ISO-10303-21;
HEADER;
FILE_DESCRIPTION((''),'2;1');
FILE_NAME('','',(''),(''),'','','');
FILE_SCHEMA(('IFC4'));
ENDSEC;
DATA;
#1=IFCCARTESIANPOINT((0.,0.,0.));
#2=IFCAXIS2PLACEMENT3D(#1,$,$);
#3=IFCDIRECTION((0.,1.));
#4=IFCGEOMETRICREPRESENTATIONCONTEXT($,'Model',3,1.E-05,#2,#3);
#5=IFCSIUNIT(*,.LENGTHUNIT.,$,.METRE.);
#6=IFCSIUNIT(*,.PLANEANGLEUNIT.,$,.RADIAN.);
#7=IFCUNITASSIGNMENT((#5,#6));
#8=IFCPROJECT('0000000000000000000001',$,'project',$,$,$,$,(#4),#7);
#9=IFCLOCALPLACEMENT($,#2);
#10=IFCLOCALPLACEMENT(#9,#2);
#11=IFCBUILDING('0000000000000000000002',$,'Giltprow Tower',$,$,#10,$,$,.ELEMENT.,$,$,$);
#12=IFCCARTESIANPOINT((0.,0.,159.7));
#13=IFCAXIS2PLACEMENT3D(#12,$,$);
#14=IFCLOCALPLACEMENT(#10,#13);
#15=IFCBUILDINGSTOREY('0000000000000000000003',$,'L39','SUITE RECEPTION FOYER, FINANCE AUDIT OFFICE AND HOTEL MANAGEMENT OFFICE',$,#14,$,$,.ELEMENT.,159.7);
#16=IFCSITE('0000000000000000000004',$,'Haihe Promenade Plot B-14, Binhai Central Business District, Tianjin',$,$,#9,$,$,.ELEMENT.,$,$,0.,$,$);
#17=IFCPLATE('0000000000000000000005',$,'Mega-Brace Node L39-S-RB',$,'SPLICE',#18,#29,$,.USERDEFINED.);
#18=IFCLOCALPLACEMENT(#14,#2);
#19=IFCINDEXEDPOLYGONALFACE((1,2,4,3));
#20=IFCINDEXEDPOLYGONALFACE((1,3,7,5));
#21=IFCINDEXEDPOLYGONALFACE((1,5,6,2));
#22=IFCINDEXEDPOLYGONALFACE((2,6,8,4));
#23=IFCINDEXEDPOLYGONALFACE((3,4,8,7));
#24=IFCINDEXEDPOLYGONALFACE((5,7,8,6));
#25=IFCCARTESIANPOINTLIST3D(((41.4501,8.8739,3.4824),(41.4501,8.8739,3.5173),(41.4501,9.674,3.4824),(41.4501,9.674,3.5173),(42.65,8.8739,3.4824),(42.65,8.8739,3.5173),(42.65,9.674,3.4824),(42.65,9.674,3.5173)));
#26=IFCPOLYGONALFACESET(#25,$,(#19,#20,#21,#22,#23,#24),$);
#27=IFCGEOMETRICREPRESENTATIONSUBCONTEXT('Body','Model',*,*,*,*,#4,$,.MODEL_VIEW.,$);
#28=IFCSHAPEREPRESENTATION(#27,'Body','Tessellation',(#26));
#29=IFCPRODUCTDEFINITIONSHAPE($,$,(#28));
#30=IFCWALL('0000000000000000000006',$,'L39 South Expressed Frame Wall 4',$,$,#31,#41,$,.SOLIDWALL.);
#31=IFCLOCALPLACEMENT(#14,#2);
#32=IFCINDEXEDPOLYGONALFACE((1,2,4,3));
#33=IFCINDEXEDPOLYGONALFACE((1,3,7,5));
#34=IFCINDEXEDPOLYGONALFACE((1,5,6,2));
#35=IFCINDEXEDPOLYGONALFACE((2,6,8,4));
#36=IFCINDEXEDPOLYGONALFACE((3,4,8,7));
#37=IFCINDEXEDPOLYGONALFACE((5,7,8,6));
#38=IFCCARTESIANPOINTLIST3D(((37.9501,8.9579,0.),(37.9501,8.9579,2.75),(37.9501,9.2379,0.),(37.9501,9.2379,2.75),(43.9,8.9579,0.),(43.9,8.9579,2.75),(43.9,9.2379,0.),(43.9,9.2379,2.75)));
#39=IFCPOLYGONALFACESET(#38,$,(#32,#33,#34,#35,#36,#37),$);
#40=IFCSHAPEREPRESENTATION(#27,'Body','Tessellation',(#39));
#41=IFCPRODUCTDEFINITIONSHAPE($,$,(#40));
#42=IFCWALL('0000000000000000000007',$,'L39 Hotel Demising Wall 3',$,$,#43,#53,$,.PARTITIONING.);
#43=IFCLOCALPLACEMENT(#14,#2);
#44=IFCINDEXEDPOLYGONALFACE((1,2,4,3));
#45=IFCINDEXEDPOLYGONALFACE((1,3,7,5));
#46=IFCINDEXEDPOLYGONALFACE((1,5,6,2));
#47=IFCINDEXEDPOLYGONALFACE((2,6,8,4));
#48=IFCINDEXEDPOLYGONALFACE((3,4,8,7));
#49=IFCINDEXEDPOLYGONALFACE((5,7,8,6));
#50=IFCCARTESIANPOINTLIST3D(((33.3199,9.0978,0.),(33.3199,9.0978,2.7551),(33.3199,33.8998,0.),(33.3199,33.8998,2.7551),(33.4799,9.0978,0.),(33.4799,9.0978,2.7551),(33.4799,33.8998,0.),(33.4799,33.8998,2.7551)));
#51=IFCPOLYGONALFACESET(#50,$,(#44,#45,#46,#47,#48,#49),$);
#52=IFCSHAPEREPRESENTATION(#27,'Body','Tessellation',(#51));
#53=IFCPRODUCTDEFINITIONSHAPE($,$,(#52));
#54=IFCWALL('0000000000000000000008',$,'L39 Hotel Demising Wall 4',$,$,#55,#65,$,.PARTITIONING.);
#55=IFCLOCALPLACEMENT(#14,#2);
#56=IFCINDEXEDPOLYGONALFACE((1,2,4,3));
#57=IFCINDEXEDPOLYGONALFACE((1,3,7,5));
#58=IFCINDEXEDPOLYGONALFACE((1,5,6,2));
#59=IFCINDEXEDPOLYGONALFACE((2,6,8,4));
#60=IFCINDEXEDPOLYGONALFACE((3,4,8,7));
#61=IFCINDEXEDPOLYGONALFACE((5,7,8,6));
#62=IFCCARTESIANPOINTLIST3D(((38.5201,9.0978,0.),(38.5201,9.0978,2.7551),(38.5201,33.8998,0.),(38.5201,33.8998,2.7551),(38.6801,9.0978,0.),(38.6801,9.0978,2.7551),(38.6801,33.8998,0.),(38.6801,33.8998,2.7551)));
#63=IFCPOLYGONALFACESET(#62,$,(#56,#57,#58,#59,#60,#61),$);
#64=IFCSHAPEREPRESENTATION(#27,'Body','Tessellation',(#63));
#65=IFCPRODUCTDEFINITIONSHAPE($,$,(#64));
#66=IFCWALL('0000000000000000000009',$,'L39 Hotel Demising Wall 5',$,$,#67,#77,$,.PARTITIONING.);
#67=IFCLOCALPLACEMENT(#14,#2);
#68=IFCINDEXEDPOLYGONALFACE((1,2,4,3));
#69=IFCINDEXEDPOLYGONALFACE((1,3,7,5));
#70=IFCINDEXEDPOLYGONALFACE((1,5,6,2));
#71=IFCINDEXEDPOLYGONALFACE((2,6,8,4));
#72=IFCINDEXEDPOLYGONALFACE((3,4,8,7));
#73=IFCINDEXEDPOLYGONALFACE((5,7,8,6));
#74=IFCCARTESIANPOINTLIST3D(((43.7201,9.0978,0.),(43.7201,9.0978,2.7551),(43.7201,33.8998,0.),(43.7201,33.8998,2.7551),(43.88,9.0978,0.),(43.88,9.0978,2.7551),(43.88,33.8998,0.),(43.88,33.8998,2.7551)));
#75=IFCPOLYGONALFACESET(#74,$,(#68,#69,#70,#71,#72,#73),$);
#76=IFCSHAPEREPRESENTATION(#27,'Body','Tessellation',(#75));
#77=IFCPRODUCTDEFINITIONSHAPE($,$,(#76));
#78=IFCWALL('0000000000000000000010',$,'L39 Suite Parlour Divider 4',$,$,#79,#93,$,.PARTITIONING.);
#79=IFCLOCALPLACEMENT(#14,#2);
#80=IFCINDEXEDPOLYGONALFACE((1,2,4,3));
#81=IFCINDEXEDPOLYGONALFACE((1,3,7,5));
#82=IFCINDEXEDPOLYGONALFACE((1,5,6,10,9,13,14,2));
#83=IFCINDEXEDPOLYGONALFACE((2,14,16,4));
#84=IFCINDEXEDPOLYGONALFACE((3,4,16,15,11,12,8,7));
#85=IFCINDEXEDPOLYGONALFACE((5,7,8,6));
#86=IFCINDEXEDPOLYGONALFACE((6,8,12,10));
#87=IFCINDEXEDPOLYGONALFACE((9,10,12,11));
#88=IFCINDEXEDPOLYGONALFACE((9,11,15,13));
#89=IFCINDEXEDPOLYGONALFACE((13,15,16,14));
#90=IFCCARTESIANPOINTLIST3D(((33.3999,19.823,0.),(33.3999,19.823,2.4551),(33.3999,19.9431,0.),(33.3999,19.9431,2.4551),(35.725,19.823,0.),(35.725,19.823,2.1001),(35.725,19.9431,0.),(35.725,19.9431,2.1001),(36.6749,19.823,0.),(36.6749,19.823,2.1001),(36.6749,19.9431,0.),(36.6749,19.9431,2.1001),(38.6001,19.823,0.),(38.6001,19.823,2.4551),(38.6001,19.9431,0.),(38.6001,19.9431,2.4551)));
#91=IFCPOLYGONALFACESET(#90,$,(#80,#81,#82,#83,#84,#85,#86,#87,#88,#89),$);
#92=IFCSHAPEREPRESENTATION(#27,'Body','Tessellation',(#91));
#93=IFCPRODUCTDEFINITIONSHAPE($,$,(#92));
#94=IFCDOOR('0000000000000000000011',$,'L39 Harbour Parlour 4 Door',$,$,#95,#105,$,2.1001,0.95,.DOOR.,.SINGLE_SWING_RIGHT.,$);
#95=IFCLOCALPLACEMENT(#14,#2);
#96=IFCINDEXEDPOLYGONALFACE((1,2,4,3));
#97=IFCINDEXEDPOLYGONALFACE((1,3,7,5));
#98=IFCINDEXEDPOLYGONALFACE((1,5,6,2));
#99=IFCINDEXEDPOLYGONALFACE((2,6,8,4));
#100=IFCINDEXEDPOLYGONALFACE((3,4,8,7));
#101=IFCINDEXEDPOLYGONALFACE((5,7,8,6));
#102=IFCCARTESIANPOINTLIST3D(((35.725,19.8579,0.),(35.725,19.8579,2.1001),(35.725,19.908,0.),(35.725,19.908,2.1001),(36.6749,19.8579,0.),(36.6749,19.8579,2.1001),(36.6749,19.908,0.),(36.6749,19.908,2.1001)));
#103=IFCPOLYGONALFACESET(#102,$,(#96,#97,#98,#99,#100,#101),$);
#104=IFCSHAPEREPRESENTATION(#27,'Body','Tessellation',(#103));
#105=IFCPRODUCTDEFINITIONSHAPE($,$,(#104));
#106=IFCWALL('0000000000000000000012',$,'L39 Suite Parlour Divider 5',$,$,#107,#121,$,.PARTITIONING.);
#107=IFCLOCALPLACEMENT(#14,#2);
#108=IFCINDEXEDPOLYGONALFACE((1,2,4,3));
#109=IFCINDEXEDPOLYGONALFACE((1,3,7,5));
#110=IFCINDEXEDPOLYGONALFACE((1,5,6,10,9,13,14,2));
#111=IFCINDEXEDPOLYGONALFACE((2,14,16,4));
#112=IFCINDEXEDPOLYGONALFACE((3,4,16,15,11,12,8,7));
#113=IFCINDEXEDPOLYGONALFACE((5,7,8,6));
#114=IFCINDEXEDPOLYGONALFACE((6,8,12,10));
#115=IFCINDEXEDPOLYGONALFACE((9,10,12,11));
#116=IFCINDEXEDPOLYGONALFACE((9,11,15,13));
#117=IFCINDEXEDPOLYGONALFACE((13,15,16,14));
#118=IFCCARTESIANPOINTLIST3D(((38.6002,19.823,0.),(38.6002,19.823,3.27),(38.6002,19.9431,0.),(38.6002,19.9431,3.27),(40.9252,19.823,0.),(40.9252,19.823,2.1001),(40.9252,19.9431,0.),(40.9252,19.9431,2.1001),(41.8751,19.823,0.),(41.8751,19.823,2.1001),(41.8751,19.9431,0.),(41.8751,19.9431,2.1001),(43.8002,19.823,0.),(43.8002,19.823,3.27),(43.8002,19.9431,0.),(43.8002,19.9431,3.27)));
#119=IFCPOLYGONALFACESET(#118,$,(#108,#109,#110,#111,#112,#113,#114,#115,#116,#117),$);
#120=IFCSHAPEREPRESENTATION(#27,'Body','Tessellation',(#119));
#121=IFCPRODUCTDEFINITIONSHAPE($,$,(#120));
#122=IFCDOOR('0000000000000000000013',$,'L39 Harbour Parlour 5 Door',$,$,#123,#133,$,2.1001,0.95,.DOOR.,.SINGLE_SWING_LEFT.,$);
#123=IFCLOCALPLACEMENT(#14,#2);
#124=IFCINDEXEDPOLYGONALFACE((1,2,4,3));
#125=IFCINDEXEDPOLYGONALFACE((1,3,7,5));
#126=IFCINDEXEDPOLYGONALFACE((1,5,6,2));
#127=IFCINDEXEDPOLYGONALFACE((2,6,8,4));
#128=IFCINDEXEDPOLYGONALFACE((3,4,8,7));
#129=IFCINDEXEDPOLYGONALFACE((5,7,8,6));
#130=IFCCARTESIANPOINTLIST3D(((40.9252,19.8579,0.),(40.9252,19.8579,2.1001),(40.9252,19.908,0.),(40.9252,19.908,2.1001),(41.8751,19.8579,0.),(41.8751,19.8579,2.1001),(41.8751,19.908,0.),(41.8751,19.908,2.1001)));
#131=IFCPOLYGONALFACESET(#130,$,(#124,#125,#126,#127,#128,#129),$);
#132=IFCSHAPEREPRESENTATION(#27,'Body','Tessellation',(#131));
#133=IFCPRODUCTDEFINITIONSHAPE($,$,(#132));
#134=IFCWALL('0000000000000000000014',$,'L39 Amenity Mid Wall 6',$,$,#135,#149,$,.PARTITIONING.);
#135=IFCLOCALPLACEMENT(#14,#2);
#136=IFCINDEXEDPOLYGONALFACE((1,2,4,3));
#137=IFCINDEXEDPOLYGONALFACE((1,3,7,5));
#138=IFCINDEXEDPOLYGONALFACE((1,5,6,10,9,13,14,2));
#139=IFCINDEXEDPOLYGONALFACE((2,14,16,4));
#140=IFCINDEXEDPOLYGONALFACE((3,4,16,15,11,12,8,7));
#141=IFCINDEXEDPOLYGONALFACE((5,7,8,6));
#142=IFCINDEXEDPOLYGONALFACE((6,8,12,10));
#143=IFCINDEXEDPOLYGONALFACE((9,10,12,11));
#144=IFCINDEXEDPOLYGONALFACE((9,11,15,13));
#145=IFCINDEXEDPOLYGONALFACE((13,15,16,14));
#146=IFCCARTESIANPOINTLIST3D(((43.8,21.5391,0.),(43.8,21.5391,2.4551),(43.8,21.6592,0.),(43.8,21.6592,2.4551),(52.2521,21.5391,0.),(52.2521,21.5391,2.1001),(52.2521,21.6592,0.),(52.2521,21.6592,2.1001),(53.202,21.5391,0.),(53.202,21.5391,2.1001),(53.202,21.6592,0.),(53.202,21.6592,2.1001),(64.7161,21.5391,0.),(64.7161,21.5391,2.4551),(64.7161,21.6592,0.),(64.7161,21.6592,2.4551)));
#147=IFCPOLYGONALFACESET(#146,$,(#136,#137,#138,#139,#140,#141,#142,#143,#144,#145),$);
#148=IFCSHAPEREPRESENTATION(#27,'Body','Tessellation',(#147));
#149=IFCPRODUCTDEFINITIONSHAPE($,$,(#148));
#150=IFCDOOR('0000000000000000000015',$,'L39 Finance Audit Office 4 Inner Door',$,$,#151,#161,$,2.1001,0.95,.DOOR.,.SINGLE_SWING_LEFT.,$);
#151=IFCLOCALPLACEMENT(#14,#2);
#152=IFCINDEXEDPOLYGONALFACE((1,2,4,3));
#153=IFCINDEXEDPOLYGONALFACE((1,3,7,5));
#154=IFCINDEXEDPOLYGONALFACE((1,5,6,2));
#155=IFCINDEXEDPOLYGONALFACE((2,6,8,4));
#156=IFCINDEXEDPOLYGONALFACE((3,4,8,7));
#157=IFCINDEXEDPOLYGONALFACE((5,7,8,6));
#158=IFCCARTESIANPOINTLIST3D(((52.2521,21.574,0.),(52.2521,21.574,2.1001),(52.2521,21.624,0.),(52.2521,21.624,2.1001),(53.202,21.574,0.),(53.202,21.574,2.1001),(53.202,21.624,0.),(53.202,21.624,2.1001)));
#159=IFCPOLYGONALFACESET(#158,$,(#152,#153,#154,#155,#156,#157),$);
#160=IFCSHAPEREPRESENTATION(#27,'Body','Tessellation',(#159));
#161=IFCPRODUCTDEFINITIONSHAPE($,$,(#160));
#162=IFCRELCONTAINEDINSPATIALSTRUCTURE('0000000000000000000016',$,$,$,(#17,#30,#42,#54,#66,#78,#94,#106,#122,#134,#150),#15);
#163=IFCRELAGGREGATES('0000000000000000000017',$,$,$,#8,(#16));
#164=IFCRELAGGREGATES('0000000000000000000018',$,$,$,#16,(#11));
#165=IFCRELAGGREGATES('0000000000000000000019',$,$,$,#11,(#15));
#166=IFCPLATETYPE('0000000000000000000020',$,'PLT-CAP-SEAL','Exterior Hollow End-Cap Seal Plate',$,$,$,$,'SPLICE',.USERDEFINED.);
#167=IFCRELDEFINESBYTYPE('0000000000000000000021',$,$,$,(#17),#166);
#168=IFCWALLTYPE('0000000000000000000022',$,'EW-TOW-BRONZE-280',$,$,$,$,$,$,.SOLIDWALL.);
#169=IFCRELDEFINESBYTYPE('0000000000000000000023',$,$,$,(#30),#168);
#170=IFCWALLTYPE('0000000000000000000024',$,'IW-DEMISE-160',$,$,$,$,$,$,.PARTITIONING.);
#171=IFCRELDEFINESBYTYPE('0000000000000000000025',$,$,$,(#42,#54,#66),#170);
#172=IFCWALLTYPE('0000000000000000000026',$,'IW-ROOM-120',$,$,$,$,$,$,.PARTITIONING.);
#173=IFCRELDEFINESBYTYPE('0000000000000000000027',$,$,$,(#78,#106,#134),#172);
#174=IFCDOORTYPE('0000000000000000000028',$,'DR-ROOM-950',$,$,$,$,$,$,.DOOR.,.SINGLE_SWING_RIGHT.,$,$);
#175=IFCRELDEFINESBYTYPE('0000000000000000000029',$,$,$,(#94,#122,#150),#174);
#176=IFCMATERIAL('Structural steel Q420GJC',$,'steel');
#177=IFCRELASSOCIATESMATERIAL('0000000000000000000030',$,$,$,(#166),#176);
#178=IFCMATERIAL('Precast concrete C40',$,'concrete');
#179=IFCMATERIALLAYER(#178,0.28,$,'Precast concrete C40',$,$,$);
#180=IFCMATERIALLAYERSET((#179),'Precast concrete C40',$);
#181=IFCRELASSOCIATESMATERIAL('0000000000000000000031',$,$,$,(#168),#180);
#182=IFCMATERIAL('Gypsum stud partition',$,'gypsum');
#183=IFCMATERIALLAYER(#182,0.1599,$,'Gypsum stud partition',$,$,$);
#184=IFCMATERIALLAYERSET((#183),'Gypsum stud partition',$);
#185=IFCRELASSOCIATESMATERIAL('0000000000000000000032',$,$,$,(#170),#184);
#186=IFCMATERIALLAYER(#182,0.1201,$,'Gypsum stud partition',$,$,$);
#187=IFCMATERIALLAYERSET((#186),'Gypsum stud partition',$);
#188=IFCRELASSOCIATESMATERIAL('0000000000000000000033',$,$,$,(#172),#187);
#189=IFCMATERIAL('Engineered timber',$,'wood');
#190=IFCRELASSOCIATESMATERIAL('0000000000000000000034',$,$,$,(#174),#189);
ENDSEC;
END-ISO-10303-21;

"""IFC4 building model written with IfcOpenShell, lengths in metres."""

from ifc_helpers import new_model, si_unit, direction, frame, frame_2d, origin, origin_2d, place, context, subcontext, project, spatial, rectangle, extrude, source, transform, mapped, material, layer, layer_set, type_object, element, fill, save


model = new_model("IFC4")

# Units and contexts
model_context = context("Model", 3, precision=1e-05, world=origin(), true_north=direction((0.0, 1.0)))
body_context = subcontext(model_context, "Body", "Model", "MODEL_VIEW")
ifc_project = project(units=[si_unit("LENGTHUNIT", "METRE"), si_unit("PLANEANGLEUNIT", "RADIAN")], contexts=[model_context])

# Site, building, storey
site_placement = place(None, origin())
site = spatial("IfcSite", under=ifc_project, at=site_placement, Name="Haihe Promenade Plot B-14, Binhai Central Business District, Tianjin", CompositionType="ELEMENT", RefElevation=0.0)
building_placement = place(site_placement, origin())
building = spatial("IfcBuilding", under=site, at=building_placement, Name="Giltprow Tower", CompositionType="ELEMENT")
storey_placement = place(building_placement, frame((0.0, 0.0, 159.7)))
storey = spatial("IfcBuildingStorey", under=building, at=storey_placement, Name="L39", Description="SUITE RECEPTION FOYER, FINANCE AUDIT OFFICE AND HOTEL MANAGEMENT OFFICE", CompositionType="ELEMENT", Elevation=159.7)

# Shared definitions
ifc_material_1 = material(Name="Structural steel Q420GJC", Category="steel")

# Plate
plate_type = type_object("IfcPlateType", Name="PLT-CAP-SEAL", Description="Exterior Hollow End-Cap Seal Plate", ElementType="SPLICE", PredefinedType="USERDEFINED", material=ifc_material_1)
shared_shape_1 = source(origin(), body_context, "Body", "SweptSolid", [
    extrude(rectangle(XDim=1.2, YDim=0.8, at=origin_2d()), origin(), (0.0, 0.0, 1.0), 0.0349),
])
for number, where, z_axis, x_axis, name in (
    (1, (42.05, 9.2739, 3.4824), (0.0, 0.0, 1.0), (1.0, 0.0, 0.0), "Mega-Brace Node L39-S-RB"),
):
    element("IfcPlate", number, at=place(storey_placement, frame(where, z_axis=z_axis, x_axis=x_axis)), inside=storey, type_object=plate_type, Name=name, ObjectType="SPLICE", PredefinedType="USERDEFINED", context=body_context, shape_type="MappedRepresentation", body=[
        mapped(shared_shape_1, transform((0.0, 0.0, 0.0), x_axis=(1.0, 0.0, 0.0), y_axis=(0.0, 1.0, 0.0), z_axis=(0.0, 0.0, 1.0), scale=1.0)),
    ])

# Walls
ifc_material_2 = material(Name="Precast concrete C40", Category="concrete")
ifc_layer_1 = layer(ifc_material_2, 0.28, Name="Precast concrete C40")
ifc_layer_set_1 = layer_set([ifc_layer_1], Name="Precast concrete C40")
wall_type_1 = type_object("IfcWallType", Name="EW-TOW-BRONZE-280", PredefinedType="SOLIDWALL", material=ifc_layer_set_1)
wall_1_placement = place(storey_placement, frame((37.95, 9.0979, 0.0), z_axis=(0.0, 0.0, 1.0), x_axis=(1.0, 0.0, 0.0)))
element("IfcWall", 2, at=wall_1_placement, inside=storey, type_object=wall_type_1, Name="L39 South Expressed Frame Wall 4", PredefinedType="SOLIDWALL", context=body_context, shape_type="SweptSolid", body=[
    extrude(rectangle(XDim=5.95, YDim=0.28, at=frame_2d((2.9751, 0.0))), origin(), (0.0, 0.0, 1.0), 2.75),
])
ifc_material_3 = material(Name="Gypsum stud partition", Category="gypsum")
ifc_layer_2 = layer(ifc_material_3, 0.1599, Name="Gypsum stud partition")
ifc_layer_set_2 = layer_set([ifc_layer_2], Name="Gypsum stud partition")
wall_type_2 = type_object("IfcWallType", Name="IW-DEMISE-160", PredefinedType="PARTITIONING", material=ifc_layer_set_2)
for number, where, z_axis, x_axis, name in (
    (3, (33.3999, 9.0979, 0.0), (0.0, 0.0, 1.0), (0.0, 1.0, 0.0), "L39 Hotel Demising Wall 3"),
    (4, (38.6001, 9.0979, 0.0), (0.0, 0.0, 1.0), (0.0, 1.0, 0.0), "L39 Hotel Demising Wall 4"),
    (5, (43.8, 9.0979, 0.0), (0.0, 0.0, 1.0), (0.0, 1.0, 0.0), "L39 Hotel Demising Wall 5"),
):
    element("IfcWall", number, at=place(storey_placement, frame(where, z_axis=z_axis, x_axis=x_axis)), inside=storey, type_object=wall_type_2, Name=name, PredefinedType="PARTITIONING", context=body_context, shape_type="SweptSolid", body=[
        extrude(rectangle(XDim=24.802, YDim=0.1599, at=frame_2d((12.4009, 0.0))), origin(), (0.0, 0.0, 1.0), 2.7551),
    ])

# Walls, openings, doors
ifc_layer_3 = layer(ifc_material_3, 0.1201, Name="Gypsum stud partition")
ifc_layer_set_3 = layer_set([ifc_layer_3], Name="Gypsum stud partition")
wall_type_3 = type_object("IfcWallType", Name="IW-ROOM-120", PredefinedType="PARTITIONING", material=ifc_layer_set_3)
wall_2_placement = place(storey_placement, frame((33.3999, 19.8831, 0.0), z_axis=(0.0, 0.0, 1.0), x_axis=(1.0, 0.0, 0.0)))
wall_2 = element("IfcWall", 6, at=wall_2_placement, inside=storey, type_object=wall_type_3, Name="L39 Suite Parlour Divider 4", PredefinedType="PARTITIONING", context=body_context, shape_type="SweptSolid", body=[
    extrude(rectangle(XDim=5.2002, YDim=0.1201, at=frame_2d((2.6001, 0.0))), origin(), (0.0, 0.0, 1.0), 2.4551),
])
opening_1_placement = place(wall_2_placement, frame((2.325, 0.0, 0.0)))
opening_1 = element("IfcOpeningElement", 7, at=opening_1_placement, cuts=wall_2, PredefinedType="OPENING", context=body_context, shape_type="SweptSolid", body=[
    extrude(rectangle(XDim=0.95, YDim=2.1001, at=frame_2d((0.4751, 1.05))), frame((0.0, 0.0701, 0.0), z_axis=(0.0, -1.0, 0.0), x_axis=(1.0, 0.0, 0.0)), (0.0, 0.0, 1.0), 0.1401),
])
ifc_material_4 = material(Name="Engineered timber", Category="wood")
door_type = type_object("IfcDoorType", Name="DR-ROOM-950", OperationType="SINGLE_SWING_RIGHT", PredefinedType="DOOR", material=ifc_material_4)
shared_shape_2 = source(origin(), body_context, "Body", "SweptSolid", [
    extrude(rectangle(XDim=0.95, YDim=2.1001, at=frame_2d((0.4751, 1.05))), frame((0.0, 0.0249, 0.0), z_axis=(0.0, -1.0, 0.0), x_axis=(1.0, 0.0, 0.0)), (0.0, 0.0, 1.0), 0.05),
])
door_1_placement = place(opening_1_placement, origin())
door_1 = element("IfcDoor", 8, at=door_1_placement, inside=storey, type_object=door_type, Name="L39 Harbour Parlour 4 Door", OperationType="SINGLE_SWING_RIGHT", OverallHeight=2.1001, OverallWidth=0.95, PredefinedType="DOOR", context=body_context, shape_type="MappedRepresentation", body=[
    mapped(shared_shape_2, transform((0.0, 0.0, 0.0), x_axis=(1.0, 0.0, 0.0), y_axis=(0.0, 1.0, 0.0), z_axis=(0.0, 0.0, 1.0), scale=1.0)),
])
fill(opening_1, door_1)
wall_3_placement = place(storey_placement, frame((38.6001, 19.8831, 0.0), z_axis=(0.0, 0.0, 1.0), x_axis=(1.0, 0.0, 0.0)))
wall_3 = element("IfcWall", 9, at=wall_3_placement, inside=storey, type_object=wall_type_3, Name="L39 Suite Parlour Divider 5", PredefinedType="PARTITIONING", context=body_context, shape_type="SweptSolid", body=[
    extrude(rectangle(XDim=5.2, YDim=0.1201, at=frame_2d((2.6001, 0.0))), origin(), (0.0, 0.0, 1.0), 3.27),
])
opening_2_placement = place(wall_3_placement, frame((2.325, 0.0, 0.0)))
opening_2 = element("IfcOpeningElement", 10, at=opening_2_placement, cuts=wall_3, PredefinedType="OPENING", context=body_context, shape_type="SweptSolid", body=[
    extrude(rectangle(XDim=0.95, YDim=2.1001, at=frame_2d((0.4751, 1.05))), frame((0.0, 0.0701, 0.0), z_axis=(0.0, -1.0, 0.0), x_axis=(1.0, 0.0, 0.0)), (0.0, 0.0, 1.0), 0.1401),
])
door_2_placement = place(opening_2_placement, origin())
door_2 = element("IfcDoor", 11, at=door_2_placement, inside=storey, type_object=door_type, Name="L39 Harbour Parlour 5 Door", OperationType="SINGLE_SWING_LEFT", OverallHeight=2.1001, OverallWidth=0.95, PredefinedType="DOOR", context=body_context, shape_type="MappedRepresentation", body=[
    mapped(shared_shape_2, transform((0.0, 0.0, 0.0), x_axis=(1.0, 0.0, 0.0), y_axis=(0.0, 1.0, 0.0), z_axis=(0.0, 0.0, 1.0), scale=1.0)),
])
fill(opening_2, door_2)
wall_4_placement = place(storey_placement, frame((43.8, 21.5991, 0.0), z_axis=(0.0, 0.0, 1.0), x_axis=(1.0, 0.0, 0.0)))
wall_4 = element("IfcWall", 12, at=wall_4_placement, inside=storey, type_object=wall_type_3, Name="L39 Amenity Mid Wall 6", PredefinedType="PARTITIONING", context=body_context, shape_type="SweptSolid", body=[
    extrude(rectangle(XDim=20.916, YDim=0.1201, at=frame_2d((10.458, 0.0))), origin(), (0.0, 0.0, 1.0), 2.4551),
])
opening_3_placement = place(wall_4_placement, frame((8.4519, 0.0, 0.0)))
opening_3 = element("IfcOpeningElement", 13, at=opening_3_placement, cuts=wall_4, PredefinedType="OPENING", context=body_context, shape_type="SweptSolid", body=[
    extrude(rectangle(XDim=0.95, YDim=2.1001, at=frame_2d((0.4751, 1.05))), frame((0.0, 0.0701, 0.0), z_axis=(0.0, -1.0, 0.0), x_axis=(1.0, 0.0, 0.0)), (0.0, 0.0, 1.0), 0.1401),
])
door_3_placement = place(opening_3_placement, origin())
door_3 = element("IfcDoor", 14, at=door_3_placement, inside=storey, type_object=door_type, Name="L39 Finance Audit Office 4 Inner Door", OperationType="SINGLE_SWING_LEFT", OverallHeight=2.1001, OverallWidth=0.95, PredefinedType="DOOR", context=body_context, shape_type="MappedRepresentation", body=[
    mapped(shared_shape_2, transform((0.0, 0.0, 0.0), x_axis=(1.0, 0.0, 0.0), y_axis=(0.0, 1.0, 0.0), z_axis=(0.0, 0.0, 1.0), scale=1.0)),
])
fill(opening_3, door_3)

save(model, "model.ifc")
